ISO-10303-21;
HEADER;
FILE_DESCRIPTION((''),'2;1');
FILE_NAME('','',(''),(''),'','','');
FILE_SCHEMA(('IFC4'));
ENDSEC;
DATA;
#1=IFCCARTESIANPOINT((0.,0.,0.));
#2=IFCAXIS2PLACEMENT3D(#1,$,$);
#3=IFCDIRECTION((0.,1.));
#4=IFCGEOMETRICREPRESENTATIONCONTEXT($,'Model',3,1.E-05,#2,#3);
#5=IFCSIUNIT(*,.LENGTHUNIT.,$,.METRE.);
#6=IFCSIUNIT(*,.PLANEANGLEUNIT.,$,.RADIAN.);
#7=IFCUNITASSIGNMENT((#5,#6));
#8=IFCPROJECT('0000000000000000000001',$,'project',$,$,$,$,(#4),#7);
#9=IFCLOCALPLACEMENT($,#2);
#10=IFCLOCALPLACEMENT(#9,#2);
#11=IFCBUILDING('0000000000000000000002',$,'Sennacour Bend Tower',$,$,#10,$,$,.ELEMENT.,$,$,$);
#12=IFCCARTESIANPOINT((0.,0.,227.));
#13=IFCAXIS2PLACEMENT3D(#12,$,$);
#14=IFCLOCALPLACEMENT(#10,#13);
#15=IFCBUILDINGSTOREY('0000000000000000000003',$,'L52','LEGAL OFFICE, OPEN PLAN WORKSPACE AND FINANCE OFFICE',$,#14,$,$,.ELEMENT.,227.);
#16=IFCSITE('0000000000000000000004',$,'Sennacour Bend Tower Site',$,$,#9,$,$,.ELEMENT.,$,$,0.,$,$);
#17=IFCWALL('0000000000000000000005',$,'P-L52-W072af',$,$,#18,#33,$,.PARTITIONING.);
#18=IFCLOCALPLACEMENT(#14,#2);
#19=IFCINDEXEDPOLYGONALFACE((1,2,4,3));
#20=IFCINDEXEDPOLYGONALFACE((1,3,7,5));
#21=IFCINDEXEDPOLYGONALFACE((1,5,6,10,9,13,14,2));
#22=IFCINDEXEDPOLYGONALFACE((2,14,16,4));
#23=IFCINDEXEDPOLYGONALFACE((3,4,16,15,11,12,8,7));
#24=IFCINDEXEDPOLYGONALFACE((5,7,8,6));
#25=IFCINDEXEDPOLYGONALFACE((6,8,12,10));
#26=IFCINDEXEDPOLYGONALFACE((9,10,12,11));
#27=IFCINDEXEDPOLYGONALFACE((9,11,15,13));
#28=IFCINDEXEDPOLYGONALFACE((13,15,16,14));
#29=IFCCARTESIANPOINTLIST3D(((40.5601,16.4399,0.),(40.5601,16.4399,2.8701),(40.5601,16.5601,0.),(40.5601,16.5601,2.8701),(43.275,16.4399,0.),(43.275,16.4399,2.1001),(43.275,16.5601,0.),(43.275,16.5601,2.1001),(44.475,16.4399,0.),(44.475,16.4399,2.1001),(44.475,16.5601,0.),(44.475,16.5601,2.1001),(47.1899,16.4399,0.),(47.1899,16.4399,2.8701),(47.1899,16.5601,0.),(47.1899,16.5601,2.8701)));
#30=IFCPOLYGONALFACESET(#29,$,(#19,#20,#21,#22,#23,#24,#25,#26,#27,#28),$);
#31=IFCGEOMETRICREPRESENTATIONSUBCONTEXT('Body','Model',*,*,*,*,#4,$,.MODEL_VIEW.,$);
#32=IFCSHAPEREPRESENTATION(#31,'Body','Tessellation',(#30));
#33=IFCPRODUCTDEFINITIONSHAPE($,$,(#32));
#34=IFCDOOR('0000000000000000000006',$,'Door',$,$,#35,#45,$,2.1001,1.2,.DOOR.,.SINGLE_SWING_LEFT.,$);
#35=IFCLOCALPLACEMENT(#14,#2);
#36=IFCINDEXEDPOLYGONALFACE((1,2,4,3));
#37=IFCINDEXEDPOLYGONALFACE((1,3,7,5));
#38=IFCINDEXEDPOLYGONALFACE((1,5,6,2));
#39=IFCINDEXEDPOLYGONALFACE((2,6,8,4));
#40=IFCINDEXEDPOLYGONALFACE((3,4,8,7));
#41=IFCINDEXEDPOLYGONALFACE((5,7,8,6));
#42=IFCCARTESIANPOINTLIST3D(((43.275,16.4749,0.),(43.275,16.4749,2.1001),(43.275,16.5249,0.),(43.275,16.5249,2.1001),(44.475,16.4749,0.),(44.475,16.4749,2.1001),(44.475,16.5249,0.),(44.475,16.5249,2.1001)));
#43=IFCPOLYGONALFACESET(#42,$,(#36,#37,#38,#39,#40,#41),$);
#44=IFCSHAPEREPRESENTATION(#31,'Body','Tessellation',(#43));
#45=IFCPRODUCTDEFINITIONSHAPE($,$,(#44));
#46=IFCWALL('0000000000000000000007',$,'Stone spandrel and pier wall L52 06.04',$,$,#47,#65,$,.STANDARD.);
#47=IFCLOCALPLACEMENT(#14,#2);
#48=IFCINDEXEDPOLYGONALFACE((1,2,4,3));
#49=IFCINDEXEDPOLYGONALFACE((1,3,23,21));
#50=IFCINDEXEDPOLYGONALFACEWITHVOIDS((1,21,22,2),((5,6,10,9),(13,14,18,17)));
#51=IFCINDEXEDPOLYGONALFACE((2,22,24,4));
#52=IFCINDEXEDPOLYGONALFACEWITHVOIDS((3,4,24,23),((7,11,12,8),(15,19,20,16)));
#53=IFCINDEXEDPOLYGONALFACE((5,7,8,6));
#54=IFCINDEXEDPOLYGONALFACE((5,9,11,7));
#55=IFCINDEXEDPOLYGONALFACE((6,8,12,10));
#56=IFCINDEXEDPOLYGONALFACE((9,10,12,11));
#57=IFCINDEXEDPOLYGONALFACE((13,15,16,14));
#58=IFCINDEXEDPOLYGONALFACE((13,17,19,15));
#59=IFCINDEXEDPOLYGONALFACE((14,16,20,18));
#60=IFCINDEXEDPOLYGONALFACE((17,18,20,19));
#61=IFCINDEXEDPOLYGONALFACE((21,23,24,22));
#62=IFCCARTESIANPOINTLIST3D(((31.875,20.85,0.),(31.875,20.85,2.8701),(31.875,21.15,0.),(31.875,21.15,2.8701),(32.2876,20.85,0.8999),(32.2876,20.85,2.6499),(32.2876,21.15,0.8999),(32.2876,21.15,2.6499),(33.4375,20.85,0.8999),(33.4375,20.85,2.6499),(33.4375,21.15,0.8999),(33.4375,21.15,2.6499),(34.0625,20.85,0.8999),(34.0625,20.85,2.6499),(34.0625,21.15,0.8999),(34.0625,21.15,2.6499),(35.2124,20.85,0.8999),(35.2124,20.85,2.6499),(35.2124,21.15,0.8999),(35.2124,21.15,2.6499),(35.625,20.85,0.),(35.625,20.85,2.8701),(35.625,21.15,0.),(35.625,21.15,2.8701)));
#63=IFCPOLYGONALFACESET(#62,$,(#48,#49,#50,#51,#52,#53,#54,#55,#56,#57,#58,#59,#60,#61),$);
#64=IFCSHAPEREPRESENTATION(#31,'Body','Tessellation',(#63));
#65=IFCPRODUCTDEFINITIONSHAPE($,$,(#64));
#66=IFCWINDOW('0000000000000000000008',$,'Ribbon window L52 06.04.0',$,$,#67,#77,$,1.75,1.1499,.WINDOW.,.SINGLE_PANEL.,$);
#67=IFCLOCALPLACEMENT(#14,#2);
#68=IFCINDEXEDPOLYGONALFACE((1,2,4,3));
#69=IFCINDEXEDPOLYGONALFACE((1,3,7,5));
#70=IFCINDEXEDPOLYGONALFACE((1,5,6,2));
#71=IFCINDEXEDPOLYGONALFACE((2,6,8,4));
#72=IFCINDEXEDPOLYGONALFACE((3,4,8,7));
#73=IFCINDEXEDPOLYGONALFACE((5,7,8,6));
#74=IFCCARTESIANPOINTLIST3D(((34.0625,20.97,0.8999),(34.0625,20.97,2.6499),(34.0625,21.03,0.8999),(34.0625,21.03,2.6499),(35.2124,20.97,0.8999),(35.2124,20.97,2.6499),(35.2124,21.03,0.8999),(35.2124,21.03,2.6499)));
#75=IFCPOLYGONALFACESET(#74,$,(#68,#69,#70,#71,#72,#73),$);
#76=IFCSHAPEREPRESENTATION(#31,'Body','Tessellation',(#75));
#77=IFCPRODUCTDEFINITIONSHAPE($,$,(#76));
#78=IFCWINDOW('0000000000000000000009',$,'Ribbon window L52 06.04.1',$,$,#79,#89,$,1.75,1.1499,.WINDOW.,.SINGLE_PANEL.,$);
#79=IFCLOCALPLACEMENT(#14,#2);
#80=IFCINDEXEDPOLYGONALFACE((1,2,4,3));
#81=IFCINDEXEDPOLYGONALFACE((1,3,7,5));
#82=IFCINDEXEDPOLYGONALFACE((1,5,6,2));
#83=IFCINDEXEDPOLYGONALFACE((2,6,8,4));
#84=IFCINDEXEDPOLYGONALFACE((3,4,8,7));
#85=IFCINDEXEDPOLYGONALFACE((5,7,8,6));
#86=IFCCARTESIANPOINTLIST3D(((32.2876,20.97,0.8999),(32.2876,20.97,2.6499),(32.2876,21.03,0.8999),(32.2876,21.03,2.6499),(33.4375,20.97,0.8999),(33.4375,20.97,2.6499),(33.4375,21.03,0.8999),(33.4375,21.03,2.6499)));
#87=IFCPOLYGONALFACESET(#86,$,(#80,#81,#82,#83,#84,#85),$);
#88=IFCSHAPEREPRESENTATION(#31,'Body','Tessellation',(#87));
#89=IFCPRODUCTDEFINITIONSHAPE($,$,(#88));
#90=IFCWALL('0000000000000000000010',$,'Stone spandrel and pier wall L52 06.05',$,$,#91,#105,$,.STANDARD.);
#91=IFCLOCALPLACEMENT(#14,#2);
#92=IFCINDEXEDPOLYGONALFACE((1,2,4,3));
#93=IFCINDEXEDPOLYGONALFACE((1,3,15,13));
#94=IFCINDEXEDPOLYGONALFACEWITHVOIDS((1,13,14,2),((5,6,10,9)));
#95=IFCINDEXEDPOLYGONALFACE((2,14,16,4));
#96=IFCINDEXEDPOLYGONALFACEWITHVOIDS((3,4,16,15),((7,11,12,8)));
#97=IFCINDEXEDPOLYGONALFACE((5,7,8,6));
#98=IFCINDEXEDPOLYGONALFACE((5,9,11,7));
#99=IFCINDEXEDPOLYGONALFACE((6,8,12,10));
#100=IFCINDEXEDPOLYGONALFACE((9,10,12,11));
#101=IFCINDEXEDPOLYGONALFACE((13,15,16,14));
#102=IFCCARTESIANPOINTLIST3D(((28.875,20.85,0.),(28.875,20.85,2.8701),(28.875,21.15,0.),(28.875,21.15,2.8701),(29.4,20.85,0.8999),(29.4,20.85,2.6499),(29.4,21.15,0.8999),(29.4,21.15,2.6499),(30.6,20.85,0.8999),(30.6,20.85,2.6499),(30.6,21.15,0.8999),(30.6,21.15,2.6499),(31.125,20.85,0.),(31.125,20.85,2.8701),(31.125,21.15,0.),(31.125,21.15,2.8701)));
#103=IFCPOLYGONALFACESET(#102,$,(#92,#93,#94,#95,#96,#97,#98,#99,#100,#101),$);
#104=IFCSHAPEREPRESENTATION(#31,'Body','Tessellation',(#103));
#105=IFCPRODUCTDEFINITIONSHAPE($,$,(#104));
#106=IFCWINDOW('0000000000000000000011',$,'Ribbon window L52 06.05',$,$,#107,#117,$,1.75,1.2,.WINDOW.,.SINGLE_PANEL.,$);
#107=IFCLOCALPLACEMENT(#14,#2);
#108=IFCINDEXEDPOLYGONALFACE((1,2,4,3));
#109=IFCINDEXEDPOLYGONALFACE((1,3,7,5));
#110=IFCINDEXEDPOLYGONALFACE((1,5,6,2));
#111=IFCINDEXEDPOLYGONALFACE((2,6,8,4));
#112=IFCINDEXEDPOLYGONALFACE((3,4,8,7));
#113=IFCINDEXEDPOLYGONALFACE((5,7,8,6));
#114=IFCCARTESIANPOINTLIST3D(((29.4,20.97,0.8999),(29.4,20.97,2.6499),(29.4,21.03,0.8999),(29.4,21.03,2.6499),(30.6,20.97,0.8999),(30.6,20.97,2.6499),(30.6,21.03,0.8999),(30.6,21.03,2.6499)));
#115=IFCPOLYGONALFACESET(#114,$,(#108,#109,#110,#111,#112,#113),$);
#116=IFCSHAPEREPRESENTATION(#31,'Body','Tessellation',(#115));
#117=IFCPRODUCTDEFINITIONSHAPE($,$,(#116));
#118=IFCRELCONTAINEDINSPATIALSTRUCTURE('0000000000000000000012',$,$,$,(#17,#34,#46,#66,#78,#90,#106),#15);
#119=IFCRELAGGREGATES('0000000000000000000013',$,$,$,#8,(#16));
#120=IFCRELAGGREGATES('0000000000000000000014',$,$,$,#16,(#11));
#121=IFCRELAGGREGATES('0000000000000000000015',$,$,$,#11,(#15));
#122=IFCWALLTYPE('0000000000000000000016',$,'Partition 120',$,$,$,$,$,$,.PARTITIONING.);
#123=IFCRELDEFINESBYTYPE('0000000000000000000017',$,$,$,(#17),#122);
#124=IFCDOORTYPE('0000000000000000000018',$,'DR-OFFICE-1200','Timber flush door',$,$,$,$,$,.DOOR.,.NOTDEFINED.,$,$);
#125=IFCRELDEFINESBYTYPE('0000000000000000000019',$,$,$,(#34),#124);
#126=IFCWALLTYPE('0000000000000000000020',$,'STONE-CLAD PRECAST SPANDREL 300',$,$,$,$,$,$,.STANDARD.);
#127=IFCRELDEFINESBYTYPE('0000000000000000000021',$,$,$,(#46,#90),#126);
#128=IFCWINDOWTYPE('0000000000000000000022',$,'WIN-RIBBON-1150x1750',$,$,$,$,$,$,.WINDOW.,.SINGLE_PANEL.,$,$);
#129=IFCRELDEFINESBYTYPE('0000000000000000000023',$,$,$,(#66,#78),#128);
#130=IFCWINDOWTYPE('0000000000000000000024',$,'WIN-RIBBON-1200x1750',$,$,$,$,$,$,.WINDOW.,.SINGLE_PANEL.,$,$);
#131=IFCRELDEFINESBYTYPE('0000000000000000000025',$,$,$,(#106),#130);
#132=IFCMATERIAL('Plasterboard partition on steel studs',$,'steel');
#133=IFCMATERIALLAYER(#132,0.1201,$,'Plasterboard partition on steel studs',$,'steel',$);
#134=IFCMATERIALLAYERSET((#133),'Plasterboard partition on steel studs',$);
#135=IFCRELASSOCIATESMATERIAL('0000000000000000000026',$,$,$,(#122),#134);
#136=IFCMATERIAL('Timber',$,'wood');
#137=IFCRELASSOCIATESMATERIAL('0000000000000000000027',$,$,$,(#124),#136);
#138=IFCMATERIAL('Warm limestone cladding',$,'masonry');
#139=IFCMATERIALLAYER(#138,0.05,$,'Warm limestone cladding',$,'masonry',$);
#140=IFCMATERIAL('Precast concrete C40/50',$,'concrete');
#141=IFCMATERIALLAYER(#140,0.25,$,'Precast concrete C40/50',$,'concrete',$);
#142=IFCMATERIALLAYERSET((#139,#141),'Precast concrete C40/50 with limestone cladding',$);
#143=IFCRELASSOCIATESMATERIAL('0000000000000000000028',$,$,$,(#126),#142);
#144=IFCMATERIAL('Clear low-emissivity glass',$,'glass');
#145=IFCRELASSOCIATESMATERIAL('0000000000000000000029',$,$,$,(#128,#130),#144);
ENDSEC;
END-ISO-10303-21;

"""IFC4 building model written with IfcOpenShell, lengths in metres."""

from ifc_helpers import new_model, si_unit, direction, frame, frame_2d, origin, place, context, subcontext, project, spatial, rectangle, extrude, material, layer, layer_set, type_object, element, fill, save


model = new_model("IFC4")

# Units and contexts
model_context = context("Model", 3, precision=1e-05, world=origin(), true_north=direction((0.0, 1.0)))
body_context = subcontext(model_context, "Body", "Model", "MODEL_VIEW")
ifc_project = project(units=[si_unit("LENGTHUNIT", "METRE"), si_unit("PLANEANGLEUNIT", "RADIAN")], contexts=[model_context])

# Site, building, storey
site_placement = place(None, origin())
site = spatial("IfcSite", under=ifc_project, at=site_placement, Name="Sennacour Bend Tower Site", CompositionType="ELEMENT", RefElevation=0.0)
building_placement = place(site_placement, origin())
building = spatial("IfcBuilding", under=site, at=building_placement, Name="Sennacour Bend Tower", CompositionType="ELEMENT")
storey_placement = place(building_placement, frame((0.0, 0.0, 227.0)))
storey = spatial("IfcBuildingStorey", under=building, at=storey_placement, Name="L52", Description="LEGAL OFFICE, OPEN PLAN WORKSPACE AND FINANCE OFFICE", CompositionType="ELEMENT", Elevation=227.0)

# Shared definitions
ifc_material_1 = material(Name="Plasterboard partition on steel studs", Category="steel")
ifc_layer_1 = layer(ifc_material_1, 0.1201, Name="Plasterboard partition on steel studs", Category="steel")
ifc_layer_set_1 = layer_set([ifc_layer_1], Name="Plasterboard partition on steel studs")
wall_type_1 = type_object("IfcWallType", Name="Partition 120", PredefinedType="PARTITIONING", material=ifc_layer_set_1)

# Shared definitions
ifc_material_2 = material(Name="Timber", Category="wood")
door_type_1 = type_object("IfcDoorType", Name="DR-OFFICE-1200", Description="Timber flush door", OperationType="NOTDEFINED", PredefinedType="DOOR", material=ifc_material_2)

# Wall, opening, door
wall_1_placement = place(storey_placement, frame((40.5601, 16.5, 0.0), z_axis=(0.0, 0.0, 1.0), x_axis=(1.0, 0.0, 0.0)))
wall_1 = element("IfcWall", 1, at=wall_1_placement, inside=storey, type_object=wall_type_1, Name="P-L52-W072af", PredefinedType="PARTITIONING", context=body_context, shape_type="SweptSolid", body=[
    extrude(rectangle(XDim=6.6299, YDim=0.1201, at=frame_2d((3.3149, 0.0))), origin(), (0.0, 0.0, 1.0), 2.8701),
])
opening_1_placement = place(wall_1_placement, frame((2.7148, 0.0, 0.0)))
opening_1 = element("IfcOpeningElement", 2, at=opening_1_placement, cuts=wall_1, PredefinedType="OPENING", context=body_context, shape_type="SweptSolid", body=[
    extrude(rectangle(XDim=1.2, YDim=2.1001, at=frame_2d((0.6001, 1.05))), frame((0.0, 0.0701, 0.0), z_axis=(0.0, -1.0, 0.0), x_axis=(1.0, 0.0, 0.0)), (0.0, 0.0, 1.0), 0.1401),
])
door_1_placement = place(opening_1_placement, origin())
door_1 = element("IfcDoor", 3, at=door_1_placement, inside=storey, type_object=door_type_1, Name="Door", OperationType="SINGLE_SWING_LEFT", OverallHeight=2.1001, OverallWidth=1.2, PredefinedType="DOOR", context=body_context, shape_type="SweptSolid", body=[
    extrude(rectangle(XDim=1.2, YDim=2.1001, at=frame_2d((0.6001, 1.05))), frame((0.0, 0.0249, 0.0), z_axis=(0.0, -1.0, 0.0), x_axis=(1.0, 0.0, 0.0)), (0.0, 0.0, 1.0), 0.05),
])
fill(opening_1, door_1)

# Wall, openings, windows
ifc_material_3 = material(Name="Warm limestone cladding", Category="masonry")
ifc_layer_2 = layer(ifc_material_3, 0.05, Name="Warm limestone cladding", Category="masonry")
ifc_material_4 = material(Name="Precast concrete C40/50", Category="concrete")
ifc_layer_3 = layer(ifc_material_4, 0.25, Name="Precast concrete C40/50", Category="concrete")
ifc_layer_set_2 = layer_set([ifc_layer_2, ifc_layer_3], Name="Precast concrete C40/50 with limestone cladding")
wall_type_2 = type_object("IfcWallType", Name="STONE-CLAD PRECAST SPANDREL 300", PredefinedType="STANDARD", material=ifc_layer_set_2)
wall_2_placement = place(storey_placement, frame((35.625, 21.0, 0.0), z_axis=(0.0, 0.0, 1.0), x_axis=(-1.0, 0.0, 0.0)))
wall_2 = element("IfcWall", 4, at=wall_2_placement, inside=storey, type_object=wall_type_2, Name="Stone spandrel and pier wall L52 06.04", PredefinedType="STANDARD", context=body_context, shape_type="SweptSolid", body=[
    extrude(rectangle(XDim=3.75, YDim=0.3, at=frame_2d((1.875, 0.0))), origin(), (0.0, 0.0, 1.0), 2.8701),
])
opening_2_placement = place(wall_2_placement, frame((0.4126, 0.0, 0.8999)))
opening_2 = element("IfcOpeningElement", 5, at=opening_2_placement, cuts=wall_2, PredefinedType="OPENING", context=body_context, shape_type="SweptSolid", body=[
    extrude(rectangle(XDim=1.1499, YDim=1.75, at=frame_2d((0.575, 0.875))), frame((0.0, 0.1602, 0.0), z_axis=(0.0, -1.0, 0.0), x_axis=(1.0, 0.0, 0.0)), (0.0, 0.0, 1.0), 0.3201),
])
opening_3_placement = place(wall_2_placement, frame((2.1875, 0.0, 0.8999)))
opening_3 = element("IfcOpeningElement", 6, at=opening_3_placement, cuts=wall_2, PredefinedType="OPENING", context=body_context, shape_type="SweptSolid", body=[
    extrude(rectangle(XDim=1.1499, YDim=1.75, at=frame_2d((0.575, 0.875))), frame((0.0, 0.1602, 0.0), z_axis=(0.0, -1.0, 0.0), x_axis=(1.0, 0.0, 0.0)), (0.0, 0.0, 1.0), 0.3201),
])
ifc_material_5 = material(Name="Clear low-emissivity glass", Category="glass")
window_type_1 = type_object("IfcWindowType", Name="WIN-RIBBON-1150x1750", PartitioningType="SINGLE_PANEL", PredefinedType="WINDOW", material=ifc_material_5)
window_1_placement = place(opening_2_placement, origin())
window_1 = element("IfcWindow", 7, at=window_1_placement, inside=storey, type_object=window_type_1, Name="Ribbon window L52 06.04.0", OverallHeight=1.75, OverallWidth=1.1499, PartitioningType="SINGLE_PANEL", PredefinedType="WINDOW", context=body_context, shape_type="SweptSolid", body=[
    extrude(rectangle(XDim=1.1499, YDim=1.75, at=frame_2d((0.575, 0.875))), frame((0.0, 0.03, 0.0), z_axis=(0.0, -1.0, 0.0), x_axis=(1.0, 0.0, 0.0)), (0.0, 0.0, 1.0), 0.0601),
])
fill(opening_2, window_1)
window_2_placement = place(opening_3_placement, origin())
window_2 = element("IfcWindow", 8, at=window_2_placement, inside=storey, type_object=window_type_1, Name="Ribbon window L52 06.04.1", OverallHeight=1.75, OverallWidth=1.1499, PartitioningType="SINGLE_PANEL", PredefinedType="WINDOW", context=body_context, shape_type="SweptSolid", body=[
    extrude(rectangle(XDim=1.1499, YDim=1.75, at=frame_2d((0.575, 0.875))), frame((0.0, 0.03, 0.0), z_axis=(0.0, -1.0, 0.0), x_axis=(1.0, 0.0, 0.0)), (0.0, 0.0, 1.0), 0.0601),
])
fill(opening_3, window_2)

# Wall, opening, window
wall_3_placement = place(storey_placement, frame((31.125, 21.0, 0.0), z_axis=(0.0, 0.0, 1.0), x_axis=(-1.0, 0.0, 0.0)))
wall_3 = element("IfcWall", 9, at=wall_3_placement, inside=storey, type_object=wall_type_2, Name="Stone spandrel and pier wall L52 06.05", PredefinedType="STANDARD", context=body_context, shape_type="SweptSolid", body=[
    extrude(rectangle(XDim=2.25, YDim=0.3, at=frame_2d((1.125, 0.0))), origin(), (0.0, 0.0, 1.0), 2.8701),
])
opening_4_placement = place(wall_3_placement, frame((0.5249, 0.0, 0.8999)))
opening_4 = element("IfcOpeningElement", 10, at=opening_4_placement, cuts=wall_3, PredefinedType="OPENING", context=body_context, shape_type="SweptSolid", body=[
    extrude(rectangle(XDim=1.2, YDim=1.75, at=frame_2d((0.6001, 0.875))), frame((0.0, 0.1602, 0.0), z_axis=(0.0, -1.0, 0.0), x_axis=(1.0, 0.0, 0.0)), (0.0, 0.0, 1.0), 0.3201),
])
window_type_2 = type_object("IfcWindowType", Name="WIN-RIBBON-1200x1750", PartitioningType="SINGLE_PANEL", PredefinedType="WINDOW", material=ifc_material_5)
window_3_placement = place(opening_4_placement, origin())
window_3 = element("IfcWindow", 11, at=window_3_placement, inside=storey, type_object=window_type_2, Name="Ribbon window L52 06.05", OverallHeight=1.75, OverallWidth=1.2, PartitioningType="SINGLE_PANEL", PredefinedType="WINDOW", context=body_context, shape_type="SweptSolid", body=[
    extrude(rectangle(XDim=1.2, YDim=1.75, at=frame_2d((0.6001, 0.875))), frame((0.0, 0.03, 0.0), z_axis=(0.0, -1.0, 0.0), x_axis=(1.0, 0.0, 0.0)), (0.0, 0.0, 1.0), 0.0601),
])
fill(opening_4, window_3)

save(model, "model.ifc")
